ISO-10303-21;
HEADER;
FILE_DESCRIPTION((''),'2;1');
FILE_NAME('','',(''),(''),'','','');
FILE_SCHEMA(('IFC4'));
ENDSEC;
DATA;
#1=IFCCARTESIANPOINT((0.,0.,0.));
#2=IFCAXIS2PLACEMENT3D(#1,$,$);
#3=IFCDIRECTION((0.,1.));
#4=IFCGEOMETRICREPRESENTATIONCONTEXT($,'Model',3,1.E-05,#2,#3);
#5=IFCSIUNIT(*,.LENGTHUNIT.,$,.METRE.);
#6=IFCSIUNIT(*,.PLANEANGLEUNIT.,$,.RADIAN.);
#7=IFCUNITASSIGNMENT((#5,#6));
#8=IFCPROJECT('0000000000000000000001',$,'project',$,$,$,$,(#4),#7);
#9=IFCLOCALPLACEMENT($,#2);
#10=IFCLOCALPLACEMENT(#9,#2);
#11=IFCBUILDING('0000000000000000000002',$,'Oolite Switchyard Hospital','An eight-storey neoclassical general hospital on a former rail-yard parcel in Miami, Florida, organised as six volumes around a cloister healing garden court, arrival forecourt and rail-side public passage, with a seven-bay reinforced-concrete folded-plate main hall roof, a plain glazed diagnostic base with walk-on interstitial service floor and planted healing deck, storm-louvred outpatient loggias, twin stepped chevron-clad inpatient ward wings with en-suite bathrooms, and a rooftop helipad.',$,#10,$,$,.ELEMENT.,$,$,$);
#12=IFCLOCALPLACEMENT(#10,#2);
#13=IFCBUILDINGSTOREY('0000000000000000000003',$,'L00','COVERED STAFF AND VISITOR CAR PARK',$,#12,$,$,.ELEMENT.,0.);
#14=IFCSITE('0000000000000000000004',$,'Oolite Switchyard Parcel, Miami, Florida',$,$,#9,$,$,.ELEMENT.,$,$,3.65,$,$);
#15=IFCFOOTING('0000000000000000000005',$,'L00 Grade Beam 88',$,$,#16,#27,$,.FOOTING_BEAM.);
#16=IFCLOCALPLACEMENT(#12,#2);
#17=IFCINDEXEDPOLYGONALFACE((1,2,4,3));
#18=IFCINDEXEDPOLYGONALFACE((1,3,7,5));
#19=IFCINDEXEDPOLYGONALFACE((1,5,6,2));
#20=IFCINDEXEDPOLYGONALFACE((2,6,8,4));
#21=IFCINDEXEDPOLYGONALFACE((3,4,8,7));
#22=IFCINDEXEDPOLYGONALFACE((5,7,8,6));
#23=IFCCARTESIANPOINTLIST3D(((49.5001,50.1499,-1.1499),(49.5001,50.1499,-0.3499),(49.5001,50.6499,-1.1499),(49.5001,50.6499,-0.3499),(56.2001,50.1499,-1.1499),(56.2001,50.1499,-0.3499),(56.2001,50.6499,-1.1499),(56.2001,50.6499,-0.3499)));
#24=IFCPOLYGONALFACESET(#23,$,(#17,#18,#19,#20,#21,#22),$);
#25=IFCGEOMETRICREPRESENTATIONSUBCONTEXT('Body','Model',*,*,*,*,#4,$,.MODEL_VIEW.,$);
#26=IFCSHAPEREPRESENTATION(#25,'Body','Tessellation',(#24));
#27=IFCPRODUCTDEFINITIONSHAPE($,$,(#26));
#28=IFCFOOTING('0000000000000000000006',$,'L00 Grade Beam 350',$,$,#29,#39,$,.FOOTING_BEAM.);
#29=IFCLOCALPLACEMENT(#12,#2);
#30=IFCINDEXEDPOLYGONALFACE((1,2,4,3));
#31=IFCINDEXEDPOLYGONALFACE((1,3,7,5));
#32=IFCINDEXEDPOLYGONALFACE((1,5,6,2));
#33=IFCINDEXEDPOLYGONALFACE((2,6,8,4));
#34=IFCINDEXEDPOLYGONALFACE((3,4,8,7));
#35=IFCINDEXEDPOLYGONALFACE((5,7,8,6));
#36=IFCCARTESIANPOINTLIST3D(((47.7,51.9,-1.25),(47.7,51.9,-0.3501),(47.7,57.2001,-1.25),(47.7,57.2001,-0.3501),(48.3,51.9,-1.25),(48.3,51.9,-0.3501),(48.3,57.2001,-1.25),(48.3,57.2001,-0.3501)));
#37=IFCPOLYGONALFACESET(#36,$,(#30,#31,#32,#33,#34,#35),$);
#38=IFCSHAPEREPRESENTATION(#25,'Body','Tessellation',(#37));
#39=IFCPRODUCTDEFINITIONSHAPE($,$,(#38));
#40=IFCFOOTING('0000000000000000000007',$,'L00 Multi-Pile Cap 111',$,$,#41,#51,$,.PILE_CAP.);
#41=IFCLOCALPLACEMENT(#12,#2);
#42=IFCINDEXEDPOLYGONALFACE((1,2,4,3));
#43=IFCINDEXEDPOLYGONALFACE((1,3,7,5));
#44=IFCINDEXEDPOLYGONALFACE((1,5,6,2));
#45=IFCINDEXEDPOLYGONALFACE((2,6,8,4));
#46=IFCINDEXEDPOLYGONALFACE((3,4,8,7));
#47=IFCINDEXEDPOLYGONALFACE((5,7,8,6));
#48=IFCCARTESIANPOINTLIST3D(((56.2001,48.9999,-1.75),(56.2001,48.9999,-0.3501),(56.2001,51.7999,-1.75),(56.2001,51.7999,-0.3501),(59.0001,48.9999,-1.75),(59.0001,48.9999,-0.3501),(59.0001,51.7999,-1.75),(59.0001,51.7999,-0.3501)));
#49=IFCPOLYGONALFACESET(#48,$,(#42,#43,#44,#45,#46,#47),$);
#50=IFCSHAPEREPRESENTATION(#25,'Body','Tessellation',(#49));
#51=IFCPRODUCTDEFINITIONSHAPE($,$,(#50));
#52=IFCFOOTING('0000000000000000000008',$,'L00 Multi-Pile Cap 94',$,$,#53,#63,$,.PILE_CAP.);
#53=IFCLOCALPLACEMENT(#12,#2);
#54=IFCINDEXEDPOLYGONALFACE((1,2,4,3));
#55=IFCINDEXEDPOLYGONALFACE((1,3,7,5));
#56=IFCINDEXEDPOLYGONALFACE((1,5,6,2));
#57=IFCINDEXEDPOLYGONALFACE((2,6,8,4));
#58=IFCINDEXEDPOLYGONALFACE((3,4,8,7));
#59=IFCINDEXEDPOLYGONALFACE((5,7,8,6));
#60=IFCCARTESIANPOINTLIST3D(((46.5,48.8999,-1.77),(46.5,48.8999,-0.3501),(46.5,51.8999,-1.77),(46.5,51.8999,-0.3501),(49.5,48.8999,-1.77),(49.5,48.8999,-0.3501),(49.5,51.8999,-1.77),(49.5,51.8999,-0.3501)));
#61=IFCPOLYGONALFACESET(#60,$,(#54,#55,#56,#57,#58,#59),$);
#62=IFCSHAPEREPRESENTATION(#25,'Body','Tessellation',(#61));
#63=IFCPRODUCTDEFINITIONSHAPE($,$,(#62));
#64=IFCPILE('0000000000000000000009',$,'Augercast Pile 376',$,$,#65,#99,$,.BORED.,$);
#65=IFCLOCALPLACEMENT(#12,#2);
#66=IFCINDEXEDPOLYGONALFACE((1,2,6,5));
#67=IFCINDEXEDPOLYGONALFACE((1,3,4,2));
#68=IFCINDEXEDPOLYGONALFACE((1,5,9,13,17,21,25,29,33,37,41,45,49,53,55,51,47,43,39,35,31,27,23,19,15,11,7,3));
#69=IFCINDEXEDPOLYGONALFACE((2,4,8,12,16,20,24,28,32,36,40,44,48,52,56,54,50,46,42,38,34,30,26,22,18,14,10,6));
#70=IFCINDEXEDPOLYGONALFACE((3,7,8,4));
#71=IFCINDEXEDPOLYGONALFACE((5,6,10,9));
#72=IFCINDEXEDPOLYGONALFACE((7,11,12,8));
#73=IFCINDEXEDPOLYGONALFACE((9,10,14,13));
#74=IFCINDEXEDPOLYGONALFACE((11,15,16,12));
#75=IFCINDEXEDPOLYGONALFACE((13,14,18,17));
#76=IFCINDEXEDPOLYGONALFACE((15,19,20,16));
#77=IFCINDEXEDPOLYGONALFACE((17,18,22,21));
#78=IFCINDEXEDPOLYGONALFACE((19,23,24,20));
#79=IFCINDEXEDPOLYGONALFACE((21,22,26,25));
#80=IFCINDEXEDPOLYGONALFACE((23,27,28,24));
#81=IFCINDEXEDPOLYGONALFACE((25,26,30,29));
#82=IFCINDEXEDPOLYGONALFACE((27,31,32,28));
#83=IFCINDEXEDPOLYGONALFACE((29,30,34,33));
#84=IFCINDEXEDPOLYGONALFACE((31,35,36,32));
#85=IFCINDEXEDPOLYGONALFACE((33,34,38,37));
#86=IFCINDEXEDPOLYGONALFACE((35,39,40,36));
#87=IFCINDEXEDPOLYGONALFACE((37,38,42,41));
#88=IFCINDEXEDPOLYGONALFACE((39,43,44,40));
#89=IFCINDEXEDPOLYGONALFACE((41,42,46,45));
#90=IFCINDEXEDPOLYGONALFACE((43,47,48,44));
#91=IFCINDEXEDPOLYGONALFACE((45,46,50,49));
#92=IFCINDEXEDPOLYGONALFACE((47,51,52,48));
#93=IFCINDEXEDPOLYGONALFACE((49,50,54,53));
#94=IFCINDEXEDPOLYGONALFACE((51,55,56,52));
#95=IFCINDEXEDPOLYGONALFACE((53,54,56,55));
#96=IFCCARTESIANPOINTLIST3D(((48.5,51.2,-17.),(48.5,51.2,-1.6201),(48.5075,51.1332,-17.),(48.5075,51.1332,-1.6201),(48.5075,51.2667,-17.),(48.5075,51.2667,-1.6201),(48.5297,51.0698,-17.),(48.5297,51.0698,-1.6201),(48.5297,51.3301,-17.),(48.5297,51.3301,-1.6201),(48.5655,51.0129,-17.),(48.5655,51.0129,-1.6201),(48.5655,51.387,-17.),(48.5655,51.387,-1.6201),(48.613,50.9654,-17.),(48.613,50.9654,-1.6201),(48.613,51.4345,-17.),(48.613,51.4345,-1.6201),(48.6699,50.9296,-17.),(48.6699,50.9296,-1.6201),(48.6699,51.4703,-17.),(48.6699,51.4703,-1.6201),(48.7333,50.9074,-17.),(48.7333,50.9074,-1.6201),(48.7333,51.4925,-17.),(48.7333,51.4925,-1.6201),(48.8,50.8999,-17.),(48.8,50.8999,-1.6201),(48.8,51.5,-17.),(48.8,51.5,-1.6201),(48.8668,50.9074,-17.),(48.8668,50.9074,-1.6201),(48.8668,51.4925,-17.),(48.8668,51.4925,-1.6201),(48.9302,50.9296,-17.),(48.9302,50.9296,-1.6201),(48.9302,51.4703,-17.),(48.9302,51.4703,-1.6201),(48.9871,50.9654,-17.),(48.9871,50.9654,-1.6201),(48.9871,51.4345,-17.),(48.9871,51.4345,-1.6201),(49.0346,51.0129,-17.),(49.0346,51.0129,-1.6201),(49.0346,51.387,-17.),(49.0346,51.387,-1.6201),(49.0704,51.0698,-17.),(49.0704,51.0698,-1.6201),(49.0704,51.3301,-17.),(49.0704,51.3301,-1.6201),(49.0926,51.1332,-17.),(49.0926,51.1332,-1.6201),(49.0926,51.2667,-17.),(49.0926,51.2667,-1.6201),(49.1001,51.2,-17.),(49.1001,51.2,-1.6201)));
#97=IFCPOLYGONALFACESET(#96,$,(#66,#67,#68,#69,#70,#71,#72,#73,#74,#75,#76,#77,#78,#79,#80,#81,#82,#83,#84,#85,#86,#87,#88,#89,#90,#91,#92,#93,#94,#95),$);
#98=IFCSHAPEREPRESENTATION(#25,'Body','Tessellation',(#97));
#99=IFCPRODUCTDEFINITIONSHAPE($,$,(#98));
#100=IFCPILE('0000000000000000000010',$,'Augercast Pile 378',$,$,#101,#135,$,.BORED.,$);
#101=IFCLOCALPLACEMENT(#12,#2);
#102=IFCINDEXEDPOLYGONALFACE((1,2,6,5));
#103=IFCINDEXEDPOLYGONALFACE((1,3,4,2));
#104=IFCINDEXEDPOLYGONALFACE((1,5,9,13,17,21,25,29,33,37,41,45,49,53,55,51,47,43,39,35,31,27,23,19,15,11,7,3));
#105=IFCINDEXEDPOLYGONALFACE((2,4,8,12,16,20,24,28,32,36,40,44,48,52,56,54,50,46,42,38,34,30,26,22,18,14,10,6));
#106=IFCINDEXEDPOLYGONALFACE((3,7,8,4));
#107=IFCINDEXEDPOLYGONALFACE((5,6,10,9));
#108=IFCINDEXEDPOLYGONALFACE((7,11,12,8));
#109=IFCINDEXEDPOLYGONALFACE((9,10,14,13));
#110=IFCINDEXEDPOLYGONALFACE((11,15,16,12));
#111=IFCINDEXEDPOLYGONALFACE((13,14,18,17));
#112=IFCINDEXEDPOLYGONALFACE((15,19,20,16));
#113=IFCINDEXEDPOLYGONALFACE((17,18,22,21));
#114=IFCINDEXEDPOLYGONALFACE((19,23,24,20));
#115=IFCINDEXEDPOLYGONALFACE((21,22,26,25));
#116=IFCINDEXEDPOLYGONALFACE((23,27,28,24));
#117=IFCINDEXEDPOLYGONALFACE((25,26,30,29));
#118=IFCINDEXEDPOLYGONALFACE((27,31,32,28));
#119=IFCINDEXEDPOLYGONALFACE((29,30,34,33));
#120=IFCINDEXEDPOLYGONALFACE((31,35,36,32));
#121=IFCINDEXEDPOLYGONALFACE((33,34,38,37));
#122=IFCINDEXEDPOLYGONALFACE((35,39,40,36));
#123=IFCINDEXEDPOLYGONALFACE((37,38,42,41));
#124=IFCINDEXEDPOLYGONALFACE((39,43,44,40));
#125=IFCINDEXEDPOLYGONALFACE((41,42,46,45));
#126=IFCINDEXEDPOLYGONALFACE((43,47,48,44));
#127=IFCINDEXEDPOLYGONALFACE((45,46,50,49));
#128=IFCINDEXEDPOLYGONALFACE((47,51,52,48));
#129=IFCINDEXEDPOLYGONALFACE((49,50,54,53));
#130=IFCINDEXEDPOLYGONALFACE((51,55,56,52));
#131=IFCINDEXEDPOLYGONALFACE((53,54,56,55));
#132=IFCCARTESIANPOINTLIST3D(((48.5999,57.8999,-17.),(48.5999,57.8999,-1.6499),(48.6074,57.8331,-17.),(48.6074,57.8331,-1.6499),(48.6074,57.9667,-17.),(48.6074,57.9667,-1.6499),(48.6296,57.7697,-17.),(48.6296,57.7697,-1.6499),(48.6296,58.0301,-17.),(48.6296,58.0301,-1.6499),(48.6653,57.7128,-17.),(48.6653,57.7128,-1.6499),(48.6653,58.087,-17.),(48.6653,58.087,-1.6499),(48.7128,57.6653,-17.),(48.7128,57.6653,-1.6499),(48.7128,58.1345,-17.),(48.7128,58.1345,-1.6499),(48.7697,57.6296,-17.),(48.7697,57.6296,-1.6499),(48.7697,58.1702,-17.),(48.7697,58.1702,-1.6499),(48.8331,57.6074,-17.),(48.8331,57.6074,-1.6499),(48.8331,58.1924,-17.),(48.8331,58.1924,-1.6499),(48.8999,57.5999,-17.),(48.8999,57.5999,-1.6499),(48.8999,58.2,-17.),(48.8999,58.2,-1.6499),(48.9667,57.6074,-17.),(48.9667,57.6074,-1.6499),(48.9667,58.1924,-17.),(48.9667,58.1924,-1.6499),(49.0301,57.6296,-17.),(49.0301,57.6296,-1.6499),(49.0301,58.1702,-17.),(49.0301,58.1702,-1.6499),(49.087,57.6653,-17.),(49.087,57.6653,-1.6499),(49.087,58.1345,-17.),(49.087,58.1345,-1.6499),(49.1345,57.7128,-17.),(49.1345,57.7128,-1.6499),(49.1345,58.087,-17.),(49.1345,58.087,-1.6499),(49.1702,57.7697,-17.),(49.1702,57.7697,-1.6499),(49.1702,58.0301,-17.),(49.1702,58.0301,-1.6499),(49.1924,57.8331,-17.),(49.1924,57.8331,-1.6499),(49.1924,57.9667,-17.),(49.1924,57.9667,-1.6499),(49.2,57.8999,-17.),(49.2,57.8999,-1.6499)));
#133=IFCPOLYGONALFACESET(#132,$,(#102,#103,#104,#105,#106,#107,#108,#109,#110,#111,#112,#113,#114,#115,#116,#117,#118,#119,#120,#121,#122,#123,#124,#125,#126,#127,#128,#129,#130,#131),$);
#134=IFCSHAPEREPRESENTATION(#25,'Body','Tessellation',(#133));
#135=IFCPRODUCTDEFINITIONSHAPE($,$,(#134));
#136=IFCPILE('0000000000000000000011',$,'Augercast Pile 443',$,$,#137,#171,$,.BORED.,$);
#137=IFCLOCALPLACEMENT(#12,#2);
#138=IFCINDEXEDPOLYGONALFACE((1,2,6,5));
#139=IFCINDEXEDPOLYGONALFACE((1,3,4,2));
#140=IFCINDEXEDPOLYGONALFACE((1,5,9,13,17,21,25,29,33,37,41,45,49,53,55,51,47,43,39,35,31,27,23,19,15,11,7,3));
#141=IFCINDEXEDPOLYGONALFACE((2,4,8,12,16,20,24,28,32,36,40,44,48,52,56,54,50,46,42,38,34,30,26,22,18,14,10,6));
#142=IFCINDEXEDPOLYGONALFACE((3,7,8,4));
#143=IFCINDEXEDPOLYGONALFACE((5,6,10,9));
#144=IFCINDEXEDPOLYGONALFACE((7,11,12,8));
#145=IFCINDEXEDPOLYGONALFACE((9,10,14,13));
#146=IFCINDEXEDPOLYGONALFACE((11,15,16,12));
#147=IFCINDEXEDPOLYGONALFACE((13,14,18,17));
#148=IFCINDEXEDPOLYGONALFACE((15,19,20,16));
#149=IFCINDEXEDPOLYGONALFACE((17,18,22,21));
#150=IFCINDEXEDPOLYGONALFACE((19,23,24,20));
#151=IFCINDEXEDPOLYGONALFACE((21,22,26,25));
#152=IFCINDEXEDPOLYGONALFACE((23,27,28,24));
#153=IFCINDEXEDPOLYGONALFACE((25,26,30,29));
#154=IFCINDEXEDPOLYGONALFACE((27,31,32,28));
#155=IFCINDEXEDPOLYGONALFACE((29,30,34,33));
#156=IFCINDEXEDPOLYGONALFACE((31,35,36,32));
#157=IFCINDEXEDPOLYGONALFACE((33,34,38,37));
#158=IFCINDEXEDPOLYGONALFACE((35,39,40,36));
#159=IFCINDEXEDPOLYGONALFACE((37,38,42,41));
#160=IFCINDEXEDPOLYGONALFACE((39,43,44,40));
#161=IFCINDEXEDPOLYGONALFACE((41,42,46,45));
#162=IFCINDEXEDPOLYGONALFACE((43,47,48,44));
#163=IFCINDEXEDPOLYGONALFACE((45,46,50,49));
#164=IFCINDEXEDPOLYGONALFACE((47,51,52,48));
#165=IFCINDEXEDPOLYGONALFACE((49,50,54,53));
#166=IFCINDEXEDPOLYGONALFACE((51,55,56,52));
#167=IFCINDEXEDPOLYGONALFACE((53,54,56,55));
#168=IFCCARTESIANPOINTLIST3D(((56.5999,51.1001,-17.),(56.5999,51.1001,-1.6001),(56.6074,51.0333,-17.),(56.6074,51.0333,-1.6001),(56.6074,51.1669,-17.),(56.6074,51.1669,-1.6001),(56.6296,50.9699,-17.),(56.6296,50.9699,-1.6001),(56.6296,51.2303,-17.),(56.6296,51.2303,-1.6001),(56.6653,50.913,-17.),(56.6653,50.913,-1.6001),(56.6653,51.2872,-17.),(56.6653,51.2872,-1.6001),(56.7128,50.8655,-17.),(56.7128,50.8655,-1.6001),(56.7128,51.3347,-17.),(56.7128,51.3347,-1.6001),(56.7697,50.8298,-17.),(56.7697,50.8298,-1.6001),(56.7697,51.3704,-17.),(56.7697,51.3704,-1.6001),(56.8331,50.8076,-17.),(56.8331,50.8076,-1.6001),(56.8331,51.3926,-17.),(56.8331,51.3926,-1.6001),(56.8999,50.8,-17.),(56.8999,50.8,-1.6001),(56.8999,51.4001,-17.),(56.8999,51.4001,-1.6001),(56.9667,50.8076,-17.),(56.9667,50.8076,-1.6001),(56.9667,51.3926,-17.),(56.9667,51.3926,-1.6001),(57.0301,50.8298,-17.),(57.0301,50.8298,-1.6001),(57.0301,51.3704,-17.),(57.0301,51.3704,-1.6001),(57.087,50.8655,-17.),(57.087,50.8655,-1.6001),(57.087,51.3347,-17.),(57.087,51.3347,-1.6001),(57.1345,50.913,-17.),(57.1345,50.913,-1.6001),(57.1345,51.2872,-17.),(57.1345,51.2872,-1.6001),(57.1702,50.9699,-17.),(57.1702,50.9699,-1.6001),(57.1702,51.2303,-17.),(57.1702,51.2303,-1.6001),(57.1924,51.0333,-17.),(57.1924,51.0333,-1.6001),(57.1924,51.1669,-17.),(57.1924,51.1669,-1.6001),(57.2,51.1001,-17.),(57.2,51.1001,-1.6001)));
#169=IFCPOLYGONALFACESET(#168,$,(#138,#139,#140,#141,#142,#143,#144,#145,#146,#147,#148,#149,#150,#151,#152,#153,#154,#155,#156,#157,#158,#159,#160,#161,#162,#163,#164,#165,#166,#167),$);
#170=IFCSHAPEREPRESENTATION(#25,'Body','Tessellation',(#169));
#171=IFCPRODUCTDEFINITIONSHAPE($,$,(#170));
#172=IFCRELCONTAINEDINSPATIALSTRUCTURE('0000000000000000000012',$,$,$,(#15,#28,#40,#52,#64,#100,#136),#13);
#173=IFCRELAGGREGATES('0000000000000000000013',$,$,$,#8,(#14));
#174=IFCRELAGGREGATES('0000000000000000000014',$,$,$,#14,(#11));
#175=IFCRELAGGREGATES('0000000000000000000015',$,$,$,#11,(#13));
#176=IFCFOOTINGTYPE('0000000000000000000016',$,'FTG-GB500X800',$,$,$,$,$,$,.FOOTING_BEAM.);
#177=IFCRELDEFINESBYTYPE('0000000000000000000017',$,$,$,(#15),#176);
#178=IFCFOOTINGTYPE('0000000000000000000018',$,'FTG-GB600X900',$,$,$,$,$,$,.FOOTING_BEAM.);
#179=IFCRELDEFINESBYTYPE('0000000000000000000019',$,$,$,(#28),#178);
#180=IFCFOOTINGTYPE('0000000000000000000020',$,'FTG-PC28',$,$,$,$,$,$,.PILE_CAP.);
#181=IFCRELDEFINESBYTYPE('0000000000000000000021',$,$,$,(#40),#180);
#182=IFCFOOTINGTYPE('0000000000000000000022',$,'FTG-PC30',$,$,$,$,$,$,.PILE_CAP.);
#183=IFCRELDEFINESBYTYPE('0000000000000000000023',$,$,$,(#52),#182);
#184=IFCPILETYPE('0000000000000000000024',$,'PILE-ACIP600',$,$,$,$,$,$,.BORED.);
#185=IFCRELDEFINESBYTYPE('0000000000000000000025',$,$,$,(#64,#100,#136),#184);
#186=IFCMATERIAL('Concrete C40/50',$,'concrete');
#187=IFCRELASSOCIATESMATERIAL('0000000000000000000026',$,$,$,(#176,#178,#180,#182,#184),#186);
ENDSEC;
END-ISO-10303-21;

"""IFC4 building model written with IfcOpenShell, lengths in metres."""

from ifc_helpers import new_model, si_unit, direction, frame, origin, origin_2d, place, context, subcontext, project, spatial, rectangle, circle, extrude, material, material_profile, profile_set, type_object, element, save


model = new_model("IFC4")

# Units and contexts
model_context = context("Model", 3, precision=1e-05, world=origin(), true_north=direction((0.0, 1.0)))
body_context = subcontext(model_context, "Body", "Model", "MODEL_VIEW")
ifc_project = project(units=[si_unit("LENGTHUNIT", "METRE"), si_unit("PLANEANGLEUNIT", "RADIAN")], contexts=[model_context])

# Site, building, storey
site_placement = place(None, origin())
site = spatial("IfcSite", under=ifc_project, at=site_placement, Name="Oolite Switchyard Parcel, Miami, Florida", CompositionType="ELEMENT", RefElevation=3.65)
building_placement = place(site_placement, origin())
building = spatial("IfcBuilding", under=site, at=building_placement, Name="Oolite Switchyard Hospital", Description="An eight-storey neoclassical general hospital on a former rail-yard parcel in Miami, Florida, organised as six volumes around a cloister healing garden court, arrival forecourt and rail-side public passage, with a seven-bay reinforced-concrete folded-plate main hall roof, a plain glazed diagnostic base with walk-on interstitial service floor and planted healing deck, storm-louvred outpatient loggias, twin stepped chevron-clad inpatient ward wings with en-suite bathrooms, and a rooftop helipad.", CompositionType="ELEMENT")
storey_placement = place(building_placement, origin())
storey = spatial("IfcBuildingStorey", under=building, at=storey_placement, Name="L00", Description="COVERED STAFF AND VISITOR CAR PARK", CompositionType="ELEMENT", Elevation=0.0)

# Footings
ifc_material_1 = material(Name="Concrete C40/50", Category="concrete")
footing_type_1 = type_object("IfcFootingType", Name="FTG-GB500X800", PredefinedType="FOOTING_BEAM", material=ifc_material_1)
footing_1_placement = place(storey_placement, frame((52.8501, 50.3999, -1.1499), z_axis=(0.0, 0.0, 1.0), x_axis=(1.0, 0.0, 0.0)))
element("IfcFooting", 1, at=footing_1_placement, inside=storey, type_object=footing_type_1, Name="L00 Grade Beam 88", PredefinedType="FOOTING_BEAM", context=body_context, shape_type="SweptSolid", body=[
    extrude(rectangle(XDim=6.7, YDim=0.5, at=origin_2d()), origin(), (0.0, 0.0, 1.0), 0.8),
])
footing_type_2 = type_object("IfcFootingType", Name="FTG-GB600X900", PredefinedType="FOOTING_BEAM", material=ifc_material_1)
footing_2_placement = place(storey_placement, frame((48.0, 54.55, -1.25), z_axis=(0.0, 0.0, 1.0), x_axis=(0.0, 1.0, 0.0)))
element("IfcFooting", 2, at=footing_2_placement, inside=storey, type_object=footing_type_2, Name="L00 Grade Beam 350", PredefinedType="FOOTING_BEAM", context=body_context, shape_type="SweptSolid", body=[
    extrude(rectangle(XDim=5.3, YDim=0.6001, at=origin_2d()), origin(), (0.0, 0.0, 1.0), 0.8999),
])
footing_type_3 = type_object("IfcFootingType", Name="FTG-PC28", PredefinedType="PILE_CAP", material=ifc_material_1)
footing_3_placement = place(storey_placement, frame((57.6001, 50.3999, -1.75), z_axis=(0.0, 0.0, 1.0), x_axis=(1.0, 0.0, 0.0)))
element("IfcFooting", 3, at=footing_3_placement, inside=storey, type_object=footing_type_3, Name="L00 Multi-Pile Cap 111", PredefinedType="PILE_CAP", context=body_context, shape_type="SweptSolid", body=[
    extrude(rectangle(XDim=2.8, YDim=2.8, at=origin_2d()), origin(), (0.0, 0.0, 1.0), 1.3999),
])
footing_type_4 = type_object("IfcFootingType", Name="FTG-PC30", PredefinedType="PILE_CAP", material=ifc_material_1)
footing_4_placement = place(storey_placement, frame((48.0, 50.3999, -1.77), z_axis=(0.0, 0.0, 1.0), x_axis=(1.0, 0.0, 0.0)))
element("IfcFooting", 4, at=footing_4_placement, inside=storey, type_object=footing_type_4, Name="L00 Multi-Pile Cap 94", PredefinedType="PILE_CAP", context=body_context, shape_type="SweptSolid", body=[
    extrude(rectangle(XDim=3.0, YDim=3.0, at=origin_2d()), origin(), (0.0, 0.0, 1.0), 1.4199),
])

# Piles
ifc_material_profile_1 = material_profile(ifc_material_1, circle(Radius=0.3, at=origin_2d()), Name="PILE600")
ifc_profile_set_1 = profile_set([ifc_material_profile_1], Name="Concrete C40/50")
pile_type = type_object("IfcPileType", Name="PILE-ACIP600", PredefinedType="BORED", material=ifc_profile_set_1)
pile_1_placement = place(storey_placement, frame((48.8, 51.2, -1.6201), z_axis=(0.0, 0.0, -1.0), x_axis=(1.0, 0.0, 0.0)))
element("IfcPile", 5, at=pile_1_placement, inside=storey, type_object=pile_type, Name="Augercast Pile 376", PredefinedType="BORED", context=body_context, shape_type="SweptSolid", body=[
    extrude(circle(Radius=0.3, at=origin_2d()), origin(), (0.0, 0.0, 1.0), 15.3799),
])
pile_2_placement = place(storey_placement, frame((48.8999, 57.8999, -1.6499), z_axis=(0.0, 0.0, -1.0), x_axis=(1.0, 0.0, 0.0)))
element("IfcPile", 6, at=pile_2_placement, inside=storey, type_object=pile_type, Name="Augercast Pile 378", PredefinedType="BORED", context=body_context, shape_type="SweptSolid", body=[
    extrude(circle(Radius=0.3, at=origin_2d()), origin(), (0.0, 0.0, 1.0), 15.3501),
])
pile_3_placement = place(storey_placement, frame((56.8999, 51.1001, -1.6001), z_axis=(0.0, 0.0, -1.0), x_axis=(1.0, 0.0, 0.0)))
element("IfcPile", 7, at=pile_3_placement, inside=storey, type_object=pile_type, Name="Augercast Pile 443", PredefinedType="BORED", context=body_context, shape_type="SweptSolid", body=[
    extrude(circle(Radius=0.3, at=origin_2d()), origin(), (0.0, 0.0, 1.0), 15.3999),
])

save(model, "model.ifc")
